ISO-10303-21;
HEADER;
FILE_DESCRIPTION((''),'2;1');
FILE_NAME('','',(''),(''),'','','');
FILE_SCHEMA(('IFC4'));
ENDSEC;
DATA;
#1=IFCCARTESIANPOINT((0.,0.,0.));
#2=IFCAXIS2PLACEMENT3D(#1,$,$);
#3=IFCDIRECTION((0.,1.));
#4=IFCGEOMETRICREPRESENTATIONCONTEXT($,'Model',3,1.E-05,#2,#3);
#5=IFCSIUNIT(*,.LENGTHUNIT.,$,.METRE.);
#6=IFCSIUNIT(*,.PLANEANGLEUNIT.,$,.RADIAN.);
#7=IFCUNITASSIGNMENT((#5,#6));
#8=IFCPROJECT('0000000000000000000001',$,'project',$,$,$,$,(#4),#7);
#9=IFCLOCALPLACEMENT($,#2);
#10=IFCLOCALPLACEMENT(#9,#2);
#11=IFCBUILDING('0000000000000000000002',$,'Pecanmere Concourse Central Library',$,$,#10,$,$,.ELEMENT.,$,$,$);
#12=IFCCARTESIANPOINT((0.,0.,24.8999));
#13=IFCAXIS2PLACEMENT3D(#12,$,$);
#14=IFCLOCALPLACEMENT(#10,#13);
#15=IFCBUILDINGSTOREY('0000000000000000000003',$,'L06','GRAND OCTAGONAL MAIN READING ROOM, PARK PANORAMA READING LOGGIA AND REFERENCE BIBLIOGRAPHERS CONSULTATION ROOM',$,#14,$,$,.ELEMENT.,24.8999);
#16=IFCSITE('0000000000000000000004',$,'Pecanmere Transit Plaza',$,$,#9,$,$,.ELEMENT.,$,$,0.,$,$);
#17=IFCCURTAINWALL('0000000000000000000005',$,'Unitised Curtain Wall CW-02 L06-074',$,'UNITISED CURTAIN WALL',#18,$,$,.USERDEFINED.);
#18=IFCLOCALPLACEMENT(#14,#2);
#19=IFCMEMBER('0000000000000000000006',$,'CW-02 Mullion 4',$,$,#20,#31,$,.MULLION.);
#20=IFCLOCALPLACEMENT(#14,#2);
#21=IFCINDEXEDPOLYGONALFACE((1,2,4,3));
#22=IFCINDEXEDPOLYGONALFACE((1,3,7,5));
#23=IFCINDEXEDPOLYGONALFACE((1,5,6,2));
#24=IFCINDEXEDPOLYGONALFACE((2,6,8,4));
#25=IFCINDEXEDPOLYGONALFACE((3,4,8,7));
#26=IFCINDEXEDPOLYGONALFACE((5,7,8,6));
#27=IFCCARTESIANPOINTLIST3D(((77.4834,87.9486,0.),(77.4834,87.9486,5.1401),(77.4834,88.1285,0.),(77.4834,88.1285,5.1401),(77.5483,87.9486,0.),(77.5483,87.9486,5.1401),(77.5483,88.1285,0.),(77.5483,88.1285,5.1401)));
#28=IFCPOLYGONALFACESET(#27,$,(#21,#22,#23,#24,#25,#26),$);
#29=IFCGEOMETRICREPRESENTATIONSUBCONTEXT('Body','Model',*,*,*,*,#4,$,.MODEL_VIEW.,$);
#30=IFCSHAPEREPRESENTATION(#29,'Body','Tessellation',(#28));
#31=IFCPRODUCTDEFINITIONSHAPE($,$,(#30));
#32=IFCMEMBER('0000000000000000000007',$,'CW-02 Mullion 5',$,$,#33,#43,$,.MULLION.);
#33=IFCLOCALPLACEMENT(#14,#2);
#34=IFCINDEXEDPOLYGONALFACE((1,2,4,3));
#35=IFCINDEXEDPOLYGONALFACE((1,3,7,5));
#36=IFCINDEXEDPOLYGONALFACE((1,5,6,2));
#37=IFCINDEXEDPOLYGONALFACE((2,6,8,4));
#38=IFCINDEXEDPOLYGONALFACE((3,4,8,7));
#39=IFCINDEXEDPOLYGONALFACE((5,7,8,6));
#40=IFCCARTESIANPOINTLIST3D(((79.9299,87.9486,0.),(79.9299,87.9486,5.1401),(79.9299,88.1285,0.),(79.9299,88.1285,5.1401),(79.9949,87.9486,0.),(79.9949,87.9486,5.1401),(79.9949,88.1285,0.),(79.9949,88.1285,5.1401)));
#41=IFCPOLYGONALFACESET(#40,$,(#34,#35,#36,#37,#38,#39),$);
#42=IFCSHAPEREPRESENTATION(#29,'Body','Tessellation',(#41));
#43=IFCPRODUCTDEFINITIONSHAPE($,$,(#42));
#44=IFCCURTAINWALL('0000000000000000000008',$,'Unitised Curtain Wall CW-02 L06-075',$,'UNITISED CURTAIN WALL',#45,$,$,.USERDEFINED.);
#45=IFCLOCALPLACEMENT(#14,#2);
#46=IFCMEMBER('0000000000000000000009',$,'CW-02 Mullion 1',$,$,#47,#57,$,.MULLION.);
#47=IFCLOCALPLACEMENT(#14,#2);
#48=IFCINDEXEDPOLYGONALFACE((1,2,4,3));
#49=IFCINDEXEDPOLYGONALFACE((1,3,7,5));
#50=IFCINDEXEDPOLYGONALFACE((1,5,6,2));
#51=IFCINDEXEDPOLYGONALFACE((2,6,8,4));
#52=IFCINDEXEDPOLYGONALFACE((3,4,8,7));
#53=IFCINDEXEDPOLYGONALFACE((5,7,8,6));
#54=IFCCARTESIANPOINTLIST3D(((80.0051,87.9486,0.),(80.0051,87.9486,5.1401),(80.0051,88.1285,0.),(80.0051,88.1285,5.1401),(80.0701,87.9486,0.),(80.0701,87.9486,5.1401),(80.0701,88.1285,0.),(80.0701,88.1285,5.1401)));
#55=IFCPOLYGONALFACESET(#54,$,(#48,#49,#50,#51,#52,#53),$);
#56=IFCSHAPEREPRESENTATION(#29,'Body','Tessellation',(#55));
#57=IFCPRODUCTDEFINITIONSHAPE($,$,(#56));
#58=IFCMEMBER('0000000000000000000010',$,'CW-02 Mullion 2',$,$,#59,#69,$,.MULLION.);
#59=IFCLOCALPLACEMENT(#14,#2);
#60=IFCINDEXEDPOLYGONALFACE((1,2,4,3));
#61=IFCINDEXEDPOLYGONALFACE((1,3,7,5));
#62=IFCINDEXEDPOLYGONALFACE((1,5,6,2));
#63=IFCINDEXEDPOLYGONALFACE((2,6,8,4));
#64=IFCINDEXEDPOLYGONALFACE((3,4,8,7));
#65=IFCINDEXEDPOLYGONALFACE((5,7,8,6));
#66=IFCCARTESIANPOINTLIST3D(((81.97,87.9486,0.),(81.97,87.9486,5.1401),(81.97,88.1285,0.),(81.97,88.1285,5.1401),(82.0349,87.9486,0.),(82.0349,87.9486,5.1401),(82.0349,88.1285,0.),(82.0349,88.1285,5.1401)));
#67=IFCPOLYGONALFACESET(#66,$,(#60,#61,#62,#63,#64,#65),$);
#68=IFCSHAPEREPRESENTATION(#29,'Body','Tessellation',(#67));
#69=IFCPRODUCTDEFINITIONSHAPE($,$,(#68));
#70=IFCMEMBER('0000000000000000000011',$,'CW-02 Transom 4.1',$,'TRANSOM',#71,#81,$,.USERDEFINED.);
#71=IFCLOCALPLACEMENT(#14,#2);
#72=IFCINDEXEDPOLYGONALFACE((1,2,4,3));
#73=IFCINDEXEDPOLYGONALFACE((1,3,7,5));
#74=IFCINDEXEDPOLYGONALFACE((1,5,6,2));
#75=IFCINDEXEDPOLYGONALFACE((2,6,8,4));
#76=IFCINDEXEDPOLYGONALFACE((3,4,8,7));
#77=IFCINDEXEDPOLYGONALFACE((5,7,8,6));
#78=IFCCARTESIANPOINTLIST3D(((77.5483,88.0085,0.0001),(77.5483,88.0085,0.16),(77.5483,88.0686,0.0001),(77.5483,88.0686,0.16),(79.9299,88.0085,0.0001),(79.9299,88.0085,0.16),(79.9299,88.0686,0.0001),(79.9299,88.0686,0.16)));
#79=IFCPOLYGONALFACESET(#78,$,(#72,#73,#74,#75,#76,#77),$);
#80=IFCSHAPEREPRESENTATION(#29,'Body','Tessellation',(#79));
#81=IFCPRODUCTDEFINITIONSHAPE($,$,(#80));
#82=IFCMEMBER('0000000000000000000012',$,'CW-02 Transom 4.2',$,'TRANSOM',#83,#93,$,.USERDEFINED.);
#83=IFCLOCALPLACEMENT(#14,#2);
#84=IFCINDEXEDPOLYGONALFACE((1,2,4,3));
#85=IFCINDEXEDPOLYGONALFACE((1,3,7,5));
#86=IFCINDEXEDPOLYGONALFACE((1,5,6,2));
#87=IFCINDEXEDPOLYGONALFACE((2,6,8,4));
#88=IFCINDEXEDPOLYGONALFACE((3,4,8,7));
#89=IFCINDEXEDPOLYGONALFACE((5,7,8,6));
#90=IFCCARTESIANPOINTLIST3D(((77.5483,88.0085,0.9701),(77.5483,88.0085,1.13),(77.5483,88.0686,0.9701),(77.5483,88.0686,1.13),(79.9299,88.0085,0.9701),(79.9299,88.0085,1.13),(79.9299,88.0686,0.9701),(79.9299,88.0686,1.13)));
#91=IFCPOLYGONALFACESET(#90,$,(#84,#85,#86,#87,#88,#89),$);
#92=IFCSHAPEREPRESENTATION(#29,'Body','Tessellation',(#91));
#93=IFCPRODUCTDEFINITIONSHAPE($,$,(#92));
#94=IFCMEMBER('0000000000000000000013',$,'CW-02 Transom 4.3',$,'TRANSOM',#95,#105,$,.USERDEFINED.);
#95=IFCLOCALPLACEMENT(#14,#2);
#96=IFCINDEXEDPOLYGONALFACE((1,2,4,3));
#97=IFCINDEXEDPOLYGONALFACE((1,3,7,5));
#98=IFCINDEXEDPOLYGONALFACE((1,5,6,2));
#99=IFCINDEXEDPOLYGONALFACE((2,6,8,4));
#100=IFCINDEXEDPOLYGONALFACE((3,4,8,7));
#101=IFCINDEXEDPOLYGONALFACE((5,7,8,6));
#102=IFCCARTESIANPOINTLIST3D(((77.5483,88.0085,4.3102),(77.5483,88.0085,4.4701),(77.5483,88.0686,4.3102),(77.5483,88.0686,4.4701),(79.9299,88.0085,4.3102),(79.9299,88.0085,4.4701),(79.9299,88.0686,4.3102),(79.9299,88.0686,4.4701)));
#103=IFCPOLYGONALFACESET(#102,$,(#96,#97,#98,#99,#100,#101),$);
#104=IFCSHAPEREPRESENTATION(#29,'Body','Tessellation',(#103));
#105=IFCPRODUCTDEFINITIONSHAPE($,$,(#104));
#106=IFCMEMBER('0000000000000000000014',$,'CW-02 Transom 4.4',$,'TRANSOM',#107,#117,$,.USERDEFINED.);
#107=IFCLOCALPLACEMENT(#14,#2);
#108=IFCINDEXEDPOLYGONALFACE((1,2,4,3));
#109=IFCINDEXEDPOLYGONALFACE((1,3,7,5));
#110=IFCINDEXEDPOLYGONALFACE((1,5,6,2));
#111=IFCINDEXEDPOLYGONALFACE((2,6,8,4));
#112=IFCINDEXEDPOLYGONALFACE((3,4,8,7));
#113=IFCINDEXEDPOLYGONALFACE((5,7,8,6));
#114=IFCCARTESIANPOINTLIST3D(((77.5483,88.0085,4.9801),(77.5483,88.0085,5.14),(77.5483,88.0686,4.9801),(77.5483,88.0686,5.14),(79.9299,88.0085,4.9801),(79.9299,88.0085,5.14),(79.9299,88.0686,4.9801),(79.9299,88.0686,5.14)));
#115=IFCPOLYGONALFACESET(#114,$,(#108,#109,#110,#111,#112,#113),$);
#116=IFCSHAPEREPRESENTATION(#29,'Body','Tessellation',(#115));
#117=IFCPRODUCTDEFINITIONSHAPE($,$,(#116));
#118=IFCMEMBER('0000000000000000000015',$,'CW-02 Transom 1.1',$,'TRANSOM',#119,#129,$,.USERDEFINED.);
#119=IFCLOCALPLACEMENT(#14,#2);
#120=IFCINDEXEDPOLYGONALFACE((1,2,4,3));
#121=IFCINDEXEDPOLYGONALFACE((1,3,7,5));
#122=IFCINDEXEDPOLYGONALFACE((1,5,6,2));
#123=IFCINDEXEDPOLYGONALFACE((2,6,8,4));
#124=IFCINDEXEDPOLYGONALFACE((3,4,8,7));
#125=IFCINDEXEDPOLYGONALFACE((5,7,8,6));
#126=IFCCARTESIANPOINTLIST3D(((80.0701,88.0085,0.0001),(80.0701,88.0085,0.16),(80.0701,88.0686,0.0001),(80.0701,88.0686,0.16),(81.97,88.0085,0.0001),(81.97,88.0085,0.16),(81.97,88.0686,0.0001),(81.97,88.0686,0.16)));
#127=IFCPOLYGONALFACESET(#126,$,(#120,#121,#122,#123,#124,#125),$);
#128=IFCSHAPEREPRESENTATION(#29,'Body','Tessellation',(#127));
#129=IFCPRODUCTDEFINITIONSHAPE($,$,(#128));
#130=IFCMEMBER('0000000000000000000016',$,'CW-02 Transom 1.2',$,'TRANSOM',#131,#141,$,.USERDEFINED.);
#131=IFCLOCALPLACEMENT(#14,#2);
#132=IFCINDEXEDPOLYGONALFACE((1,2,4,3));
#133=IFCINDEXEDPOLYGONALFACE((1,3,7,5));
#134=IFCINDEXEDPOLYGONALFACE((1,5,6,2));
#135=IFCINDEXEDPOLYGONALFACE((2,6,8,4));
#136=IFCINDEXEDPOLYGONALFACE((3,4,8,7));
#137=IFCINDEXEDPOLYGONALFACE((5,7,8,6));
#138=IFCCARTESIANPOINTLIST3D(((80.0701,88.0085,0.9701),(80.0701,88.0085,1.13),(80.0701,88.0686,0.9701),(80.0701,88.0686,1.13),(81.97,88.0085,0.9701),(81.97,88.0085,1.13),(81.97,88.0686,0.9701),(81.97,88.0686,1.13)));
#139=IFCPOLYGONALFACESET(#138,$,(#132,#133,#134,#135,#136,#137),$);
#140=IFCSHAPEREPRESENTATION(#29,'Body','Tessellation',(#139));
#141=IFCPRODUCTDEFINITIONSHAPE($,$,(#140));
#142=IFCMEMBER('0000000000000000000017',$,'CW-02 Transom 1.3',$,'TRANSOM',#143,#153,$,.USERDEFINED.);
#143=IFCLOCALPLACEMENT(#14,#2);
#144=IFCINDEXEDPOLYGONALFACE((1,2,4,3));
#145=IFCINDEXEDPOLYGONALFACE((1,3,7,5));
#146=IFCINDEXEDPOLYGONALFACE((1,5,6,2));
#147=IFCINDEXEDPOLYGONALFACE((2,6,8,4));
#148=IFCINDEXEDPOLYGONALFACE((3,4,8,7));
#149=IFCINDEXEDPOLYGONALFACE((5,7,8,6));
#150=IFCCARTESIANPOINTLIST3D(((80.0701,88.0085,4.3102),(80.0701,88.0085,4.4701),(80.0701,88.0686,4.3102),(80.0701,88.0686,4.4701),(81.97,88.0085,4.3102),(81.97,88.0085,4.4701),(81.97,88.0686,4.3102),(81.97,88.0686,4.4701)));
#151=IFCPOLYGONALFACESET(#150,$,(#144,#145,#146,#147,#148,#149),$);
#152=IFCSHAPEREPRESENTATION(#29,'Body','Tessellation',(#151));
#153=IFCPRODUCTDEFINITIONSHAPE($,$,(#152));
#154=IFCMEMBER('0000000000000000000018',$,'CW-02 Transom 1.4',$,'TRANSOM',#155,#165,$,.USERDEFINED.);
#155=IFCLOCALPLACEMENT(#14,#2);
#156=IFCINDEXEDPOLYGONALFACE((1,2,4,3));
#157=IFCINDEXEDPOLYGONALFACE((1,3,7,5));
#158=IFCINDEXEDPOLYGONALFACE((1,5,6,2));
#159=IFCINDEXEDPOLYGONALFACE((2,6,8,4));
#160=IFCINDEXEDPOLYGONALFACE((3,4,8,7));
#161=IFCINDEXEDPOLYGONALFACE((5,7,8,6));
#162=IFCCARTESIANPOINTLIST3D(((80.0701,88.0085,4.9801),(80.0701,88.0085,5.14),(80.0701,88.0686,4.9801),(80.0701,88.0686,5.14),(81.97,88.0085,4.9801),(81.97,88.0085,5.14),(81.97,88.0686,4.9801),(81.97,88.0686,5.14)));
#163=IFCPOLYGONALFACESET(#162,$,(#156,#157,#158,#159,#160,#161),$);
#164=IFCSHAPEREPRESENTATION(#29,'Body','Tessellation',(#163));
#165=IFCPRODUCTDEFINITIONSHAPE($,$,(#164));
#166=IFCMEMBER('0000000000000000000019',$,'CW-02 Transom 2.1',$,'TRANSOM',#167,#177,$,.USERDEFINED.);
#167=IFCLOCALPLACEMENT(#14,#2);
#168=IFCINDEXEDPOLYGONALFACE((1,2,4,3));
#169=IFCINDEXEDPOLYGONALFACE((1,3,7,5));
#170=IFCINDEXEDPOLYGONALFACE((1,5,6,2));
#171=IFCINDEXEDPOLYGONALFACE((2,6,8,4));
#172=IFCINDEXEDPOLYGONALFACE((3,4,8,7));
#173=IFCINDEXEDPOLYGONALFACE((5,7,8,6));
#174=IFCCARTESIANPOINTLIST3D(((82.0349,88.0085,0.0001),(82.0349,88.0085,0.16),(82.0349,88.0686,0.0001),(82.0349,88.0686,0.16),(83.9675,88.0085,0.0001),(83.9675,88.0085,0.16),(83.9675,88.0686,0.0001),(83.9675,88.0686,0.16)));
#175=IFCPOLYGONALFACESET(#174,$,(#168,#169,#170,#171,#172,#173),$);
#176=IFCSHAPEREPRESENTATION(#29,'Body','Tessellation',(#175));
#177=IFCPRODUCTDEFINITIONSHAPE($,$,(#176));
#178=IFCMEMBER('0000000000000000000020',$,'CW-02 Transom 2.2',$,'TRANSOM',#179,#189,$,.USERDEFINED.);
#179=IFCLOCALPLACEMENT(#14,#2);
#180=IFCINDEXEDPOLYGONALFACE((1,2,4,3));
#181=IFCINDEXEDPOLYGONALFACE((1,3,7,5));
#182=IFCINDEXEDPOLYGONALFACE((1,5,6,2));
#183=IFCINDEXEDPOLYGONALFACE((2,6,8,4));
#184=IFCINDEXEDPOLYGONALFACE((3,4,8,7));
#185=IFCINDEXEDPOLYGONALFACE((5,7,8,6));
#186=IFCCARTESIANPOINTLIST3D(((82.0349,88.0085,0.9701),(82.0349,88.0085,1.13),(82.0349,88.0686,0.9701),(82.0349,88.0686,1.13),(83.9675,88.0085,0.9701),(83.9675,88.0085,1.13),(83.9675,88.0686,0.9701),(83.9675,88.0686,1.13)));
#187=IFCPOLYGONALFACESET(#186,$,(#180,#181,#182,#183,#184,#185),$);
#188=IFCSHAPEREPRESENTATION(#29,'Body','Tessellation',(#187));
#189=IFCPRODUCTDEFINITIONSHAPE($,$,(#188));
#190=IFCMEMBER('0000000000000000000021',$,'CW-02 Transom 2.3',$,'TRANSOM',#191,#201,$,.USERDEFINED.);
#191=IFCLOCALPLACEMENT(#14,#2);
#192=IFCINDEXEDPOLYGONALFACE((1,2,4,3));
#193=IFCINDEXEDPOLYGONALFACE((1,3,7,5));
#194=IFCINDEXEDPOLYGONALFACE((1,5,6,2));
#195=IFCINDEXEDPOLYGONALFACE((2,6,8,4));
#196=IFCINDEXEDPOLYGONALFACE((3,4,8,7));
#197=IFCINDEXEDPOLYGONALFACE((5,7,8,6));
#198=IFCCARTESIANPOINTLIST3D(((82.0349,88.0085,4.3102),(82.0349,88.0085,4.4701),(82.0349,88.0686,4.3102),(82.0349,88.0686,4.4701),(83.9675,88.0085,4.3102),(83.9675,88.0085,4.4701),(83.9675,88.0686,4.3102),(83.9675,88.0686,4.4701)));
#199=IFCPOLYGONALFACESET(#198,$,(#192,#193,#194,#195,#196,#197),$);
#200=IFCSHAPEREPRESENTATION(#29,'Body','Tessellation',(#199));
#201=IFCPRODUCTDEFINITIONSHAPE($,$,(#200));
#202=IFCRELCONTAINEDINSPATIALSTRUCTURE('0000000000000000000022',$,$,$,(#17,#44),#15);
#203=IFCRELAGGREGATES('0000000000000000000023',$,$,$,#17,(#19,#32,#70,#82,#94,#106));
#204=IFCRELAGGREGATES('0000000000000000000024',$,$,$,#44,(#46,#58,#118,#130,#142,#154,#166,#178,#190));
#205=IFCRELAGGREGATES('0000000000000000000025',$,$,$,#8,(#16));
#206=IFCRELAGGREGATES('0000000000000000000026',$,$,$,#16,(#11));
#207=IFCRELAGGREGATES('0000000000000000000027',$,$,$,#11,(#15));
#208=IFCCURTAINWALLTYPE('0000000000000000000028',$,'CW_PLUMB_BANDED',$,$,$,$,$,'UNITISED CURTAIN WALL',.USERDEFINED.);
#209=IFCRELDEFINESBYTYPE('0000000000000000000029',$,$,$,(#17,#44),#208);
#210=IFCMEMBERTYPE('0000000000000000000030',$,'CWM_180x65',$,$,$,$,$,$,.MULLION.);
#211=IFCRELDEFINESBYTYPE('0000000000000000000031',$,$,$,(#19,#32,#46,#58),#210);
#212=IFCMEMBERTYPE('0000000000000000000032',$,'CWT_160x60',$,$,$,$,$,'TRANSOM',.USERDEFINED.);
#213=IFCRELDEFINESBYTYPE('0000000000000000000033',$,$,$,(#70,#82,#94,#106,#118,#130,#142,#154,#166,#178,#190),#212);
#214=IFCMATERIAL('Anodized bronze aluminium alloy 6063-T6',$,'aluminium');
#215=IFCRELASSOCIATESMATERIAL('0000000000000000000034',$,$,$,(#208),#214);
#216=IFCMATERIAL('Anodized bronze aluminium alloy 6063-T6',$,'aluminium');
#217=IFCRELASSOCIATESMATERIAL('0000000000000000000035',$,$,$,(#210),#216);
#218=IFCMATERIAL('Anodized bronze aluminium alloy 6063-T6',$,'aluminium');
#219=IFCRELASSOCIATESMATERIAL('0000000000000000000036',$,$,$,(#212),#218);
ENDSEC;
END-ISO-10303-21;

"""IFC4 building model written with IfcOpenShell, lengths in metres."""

from ifc_helpers import new_model, si_unit, direction, frame, origin, origin_2d, place, context, subcontext, project, spatial, rectangle, extrude, material, material_profile, profile_set, type_object, element, aggregate, save


model = new_model("IFC4")

# Units and contexts
model_context = context("Model", 3, precision=1e-05, world=origin(), true_north=direction((0.0, 1.0)))
body_context = subcontext(model_context, "Body", "Model", "MODEL_VIEW")
ifc_project = project(units=[si_unit("LENGTHUNIT", "METRE"), si_unit("PLANEANGLEUNIT", "RADIAN")], contexts=[model_context])

# Site, building, storey
site_placement = place(None, origin())
site = spatial("IfcSite", under=ifc_project, at=site_placement, Name="Pecanmere Transit Plaza", CompositionType="ELEMENT", RefElevation=0.0)
building_placement = place(site_placement, origin())
building = spatial("IfcBuilding", under=site, at=building_placement, Name="Pecanmere Concourse Central Library", CompositionType="ELEMENT")
storey_placement = place(building_placement, frame((0.0, 0.0, 24.8999)))
storey = spatial("IfcBuildingStorey", under=building, at=storey_placement, Name="L06", Description="GRAND OCTAGONAL MAIN READING ROOM, PARK PANORAMA READING LOGGIA AND REFERENCE BIBLIOGRAPHERS CONSULTATION ROOM", CompositionType="ELEMENT", Elevation=24.8999)

# Curtain walls, members
ifc_material_1 = material(Name="Anodized bronze aluminium alloy 6063-T6", Category="aluminium")
curtain_wall_type = type_object("IfcCurtainWallType", Name="CW_PLUMB_BANDED", ElementType="UNITISED CURTAIN WALL", PredefinedType="USERDEFINED", material=ifc_material_1)
curtain_wall_1_placement = place(storey_placement, origin())
curtain_wall_1 = element("IfcCurtainWall", 1, at=curtain_wall_1_placement, inside=storey, type_object=curtain_wall_type, Name="Unitised Curtain Wall CW-02 L06-074", ObjectType="UNITISED CURTAIN WALL", PredefinedType="USERDEFINED")
ifc_material_2 = material(Name="Anodized bronze aluminium alloy 6063-T6", Category="aluminium")
ifc_material_profile_1 = material_profile(ifc_material_2, rectangle(XDim=0.0649, YDim=0.1799, at=origin_2d()), Name="AL 65x180")
ifc_profile_set_1 = profile_set([ifc_material_profile_1], Name="Anodized bronze aluminium alloy 6063-T6")
member_type_1 = type_object("IfcMemberType", Name="CWM_180x65", PredefinedType="MULLION", material=ifc_profile_set_1)
member_1_placement = place(storey_placement, frame((77.5159, 88.0386, 0.0), z_axis=(0.0, 0.0, 1.0), x_axis=(1.0, 0.0, 0.0)))
member_1 = element("IfcMember", 2, at=member_1_placement, type_object=member_type_1, Name="CW-02 Mullion 4", PredefinedType="MULLION", context=body_context, shape_type="SweptSolid", body=[
    extrude(rectangle(XDim=0.0649, YDim=0.1799, at=origin_2d()), origin(), (0.0, 0.0, 1.0), 5.1401),
])
member_2_placement = place(storey_placement, frame((79.9624, 88.0386, 0.0), z_axis=(0.0, 0.0, 1.0), x_axis=(1.0, 0.0, 0.0)))
member_2 = element("IfcMember", 3, at=member_2_placement, type_object=member_type_1, Name="CW-02 Mullion 5", PredefinedType="MULLION", context=body_context, shape_type="SweptSolid", body=[
    extrude(rectangle(XDim=0.0649, YDim=0.1799, at=origin_2d()), origin(), (0.0, 0.0, 1.0), 5.1401),
])
curtain_wall_2_placement = place(storey_placement, origin())
curtain_wall_2 = element("IfcCurtainWall", 4, at=curtain_wall_2_placement, inside=storey, type_object=curtain_wall_type, Name="Unitised Curtain Wall CW-02 L06-075", ObjectType="UNITISED CURTAIN WALL", PredefinedType="USERDEFINED")
member_3_placement = place(storey_placement, frame((80.0376, 88.0386, 0.0), z_axis=(0.0, 0.0, 1.0), x_axis=(1.0, 0.0, 0.0)))
member_3 = element("IfcMember", 5, at=member_3_placement, type_object=member_type_1, Name="CW-02 Mullion 1", PredefinedType="MULLION", context=body_context, shape_type="SweptSolid", body=[
    extrude(rectangle(XDim=0.0649, YDim=0.1799, at=origin_2d()), origin(), (0.0, 0.0, 1.0), 5.1401),
])
member_4_placement = place(storey_placement, frame((82.0024, 88.0386, 0.0), z_axis=(0.0, 0.0, 1.0), x_axis=(1.0, 0.0, 0.0)))
member_4 = element("IfcMember", 6, at=member_4_placement, type_object=member_type_1, Name="CW-02 Mullion 2", PredefinedType="MULLION", context=body_context, shape_type="SweptSolid", body=[
    extrude(rectangle(XDim=0.0649, YDim=0.1799, at=origin_2d()), origin(), (0.0, 0.0, 1.0), 5.1401),
])

# Members
ifc_material_3 = material(Name="Anodized bronze aluminium alloy 6063-T6", Category="aluminium")
ifc_material_profile_2 = material_profile(ifc_material_3, rectangle(XDim=0.0601, YDim=0.1599, at=origin_2d()), Name="AL 60x160")
ifc_profile_set_2 = profile_set([ifc_material_profile_2], Name="Anodized bronze aluminium alloy 6063-T6")
member_type_2 = type_object("IfcMemberType", Name="CWT_160x60", ElementType="TRANSOM", PredefinedType="USERDEFINED", material=ifc_profile_set_2)
member_5_placement = place(storey_placement, frame((77.5483, 88.0386, 0.0801), z_axis=(1.0, 0.0, 0.0), x_axis=(0.0, 1.0, 0.0)))
member_5 = element("IfcMember", 7, at=member_5_placement, type_object=member_type_2, Name="CW-02 Transom 4.1", ObjectType="TRANSOM", PredefinedType="USERDEFINED", context=body_context, shape_type="SweptSolid", body=[
    extrude(rectangle(XDim=0.0601, YDim=0.1599, at=origin_2d()), origin(), (0.0, 0.0, 1.0), 2.3816),
])
member_6_placement = place(storey_placement, frame((77.5483, 88.0386, 1.05), z_axis=(1.0, 0.0, 0.0), x_axis=(0.0, 1.0, 0.0)))
member_6 = element("IfcMember", 8, at=member_6_placement, type_object=member_type_2, Name="CW-02 Transom 4.2", ObjectType="TRANSOM", PredefinedType="USERDEFINED", context=body_context, shape_type="SweptSolid", body=[
    extrude(rectangle(XDim=0.0601, YDim=0.1599, at=origin_2d()), origin(), (0.0, 0.0, 1.0), 2.3816),
])
member_7_placement = place(storey_placement, frame((77.5483, 88.0386, 4.3901), z_axis=(1.0, 0.0, 0.0), x_axis=(0.0, 1.0, 0.0)))
member_7 = element("IfcMember", 9, at=member_7_placement, type_object=member_type_2, Name="CW-02 Transom 4.3", ObjectType="TRANSOM", PredefinedType="USERDEFINED", context=body_context, shape_type="SweptSolid", body=[
    extrude(rectangle(XDim=0.0601, YDim=0.1599, at=origin_2d()), origin(), (0.0, 0.0, 1.0), 2.3816),
])
member_8_placement = place(storey_placement, frame((77.5483, 88.0386, 5.0601), z_axis=(1.0, 0.0, 0.0), x_axis=(0.0, 1.0, 0.0)))
member_8 = element("IfcMember", 10, at=member_8_placement, type_object=member_type_2, Name="CW-02 Transom 4.4", ObjectType="TRANSOM", PredefinedType="USERDEFINED", context=body_context, shape_type="SweptSolid", body=[
    extrude(rectangle(XDim=0.0601, YDim=0.1599, at=origin_2d()), origin(), (0.0, 0.0, 1.0), 2.3816),
])
member_9_placement = place(storey_placement, frame((80.0701, 88.0386, 0.0801), z_axis=(1.0, 0.0, 0.0), x_axis=(0.0, 1.0, 0.0)))
member_9 = element("IfcMember", 11, at=member_9_placement, type_object=member_type_2, Name="CW-02 Transom 1.1", ObjectType="TRANSOM", PredefinedType="USERDEFINED", context=body_context, shape_type="SweptSolid", body=[
    extrude(rectangle(XDim=0.0601, YDim=0.1599, at=origin_2d()), origin(), (0.0, 0.0, 1.0), 1.8999),
])
member_10_placement = place(storey_placement, frame((80.0701, 88.0386, 1.05), z_axis=(1.0, 0.0, 0.0), x_axis=(0.0, 1.0, 0.0)))
member_10 = element("IfcMember", 12, at=member_10_placement, type_object=member_type_2, Name="CW-02 Transom 1.2", ObjectType="TRANSOM", PredefinedType="USERDEFINED", context=body_context, shape_type="SweptSolid", body=[
    extrude(rectangle(XDim=0.0601, YDim=0.1599, at=origin_2d()), origin(), (0.0, 0.0, 1.0), 1.8999),
])
member_11_placement = place(storey_placement, frame((80.0701, 88.0386, 4.3901), z_axis=(1.0, 0.0, 0.0), x_axis=(0.0, 1.0, 0.0)))
member_11 = element("IfcMember", 13, at=member_11_placement, type_object=member_type_2, Name="CW-02 Transom 1.3", ObjectType="TRANSOM", PredefinedType="USERDEFINED", context=body_context, shape_type="SweptSolid", body=[
    extrude(rectangle(XDim=0.0601, YDim=0.1599, at=origin_2d()), origin(), (0.0, 0.0, 1.0), 1.8999),
])
member_12_placement = place(storey_placement, frame((80.0701, 88.0386, 5.0601), z_axis=(1.0, 0.0, 0.0), x_axis=(0.0, 1.0, 0.0)))
member_12 = element("IfcMember", 14, at=member_12_placement, type_object=member_type_2, Name="CW-02 Transom 1.4", ObjectType="TRANSOM", PredefinedType="USERDEFINED", context=body_context, shape_type="SweptSolid", body=[
    extrude(rectangle(XDim=0.0601, YDim=0.1599, at=origin_2d()), origin(), (0.0, 0.0, 1.0), 1.8999),
])
member_13_placement = place(storey_placement, frame((82.0349, 88.0386, 0.0801), z_axis=(1.0, 0.0, 0.0), x_axis=(0.0, 1.0, 0.0)))
member_13 = element("IfcMember", 15, at=member_13_placement, type_object=member_type_2, Name="CW-02 Transom 2.1", ObjectType="TRANSOM", PredefinedType="USERDEFINED", context=body_context, shape_type="SweptSolid", body=[
    extrude(rectangle(XDim=0.0601, YDim=0.1599, at=origin_2d()), origin(), (0.0, 0.0, 1.0), 1.9326),
])
member_14_placement = place(storey_placement, frame((82.0349, 88.0386, 1.05), z_axis=(1.0, 0.0, 0.0), x_axis=(0.0, 1.0, 0.0)))
member_14 = element("IfcMember", 16, at=member_14_placement, type_object=member_type_2, Name="CW-02 Transom 2.2", ObjectType="TRANSOM", PredefinedType="USERDEFINED", context=body_context, shape_type="SweptSolid", body=[
    extrude(rectangle(XDim=0.0601, YDim=0.1599, at=origin_2d()), origin(), (0.0, 0.0, 1.0), 1.9326),
])
member_15_placement = place(storey_placement, frame((82.0349, 88.0386, 4.3901), z_axis=(1.0, 0.0, 0.0), x_axis=(0.0, 1.0, 0.0)))
member_15 = element("IfcMember", 17, at=member_15_placement, type_object=member_type_2, Name="CW-02 Transom 2.3", ObjectType="TRANSOM", PredefinedType="USERDEFINED", context=body_context, shape_type="SweptSolid", body=[
    extrude(rectangle(XDim=0.0601, YDim=0.1599, at=origin_2d()), origin(), (0.0, 0.0, 1.0), 1.9326),
])

aggregate(curtain_wall_1, [member_1, member_2, member_5, member_6, member_7, member_8])
aggregate(curtain_wall_2, [member_3, member_4, member_9, member_10, member_11, member_12, member_13, member_14, member_15])

save(model, "model.ifc")
